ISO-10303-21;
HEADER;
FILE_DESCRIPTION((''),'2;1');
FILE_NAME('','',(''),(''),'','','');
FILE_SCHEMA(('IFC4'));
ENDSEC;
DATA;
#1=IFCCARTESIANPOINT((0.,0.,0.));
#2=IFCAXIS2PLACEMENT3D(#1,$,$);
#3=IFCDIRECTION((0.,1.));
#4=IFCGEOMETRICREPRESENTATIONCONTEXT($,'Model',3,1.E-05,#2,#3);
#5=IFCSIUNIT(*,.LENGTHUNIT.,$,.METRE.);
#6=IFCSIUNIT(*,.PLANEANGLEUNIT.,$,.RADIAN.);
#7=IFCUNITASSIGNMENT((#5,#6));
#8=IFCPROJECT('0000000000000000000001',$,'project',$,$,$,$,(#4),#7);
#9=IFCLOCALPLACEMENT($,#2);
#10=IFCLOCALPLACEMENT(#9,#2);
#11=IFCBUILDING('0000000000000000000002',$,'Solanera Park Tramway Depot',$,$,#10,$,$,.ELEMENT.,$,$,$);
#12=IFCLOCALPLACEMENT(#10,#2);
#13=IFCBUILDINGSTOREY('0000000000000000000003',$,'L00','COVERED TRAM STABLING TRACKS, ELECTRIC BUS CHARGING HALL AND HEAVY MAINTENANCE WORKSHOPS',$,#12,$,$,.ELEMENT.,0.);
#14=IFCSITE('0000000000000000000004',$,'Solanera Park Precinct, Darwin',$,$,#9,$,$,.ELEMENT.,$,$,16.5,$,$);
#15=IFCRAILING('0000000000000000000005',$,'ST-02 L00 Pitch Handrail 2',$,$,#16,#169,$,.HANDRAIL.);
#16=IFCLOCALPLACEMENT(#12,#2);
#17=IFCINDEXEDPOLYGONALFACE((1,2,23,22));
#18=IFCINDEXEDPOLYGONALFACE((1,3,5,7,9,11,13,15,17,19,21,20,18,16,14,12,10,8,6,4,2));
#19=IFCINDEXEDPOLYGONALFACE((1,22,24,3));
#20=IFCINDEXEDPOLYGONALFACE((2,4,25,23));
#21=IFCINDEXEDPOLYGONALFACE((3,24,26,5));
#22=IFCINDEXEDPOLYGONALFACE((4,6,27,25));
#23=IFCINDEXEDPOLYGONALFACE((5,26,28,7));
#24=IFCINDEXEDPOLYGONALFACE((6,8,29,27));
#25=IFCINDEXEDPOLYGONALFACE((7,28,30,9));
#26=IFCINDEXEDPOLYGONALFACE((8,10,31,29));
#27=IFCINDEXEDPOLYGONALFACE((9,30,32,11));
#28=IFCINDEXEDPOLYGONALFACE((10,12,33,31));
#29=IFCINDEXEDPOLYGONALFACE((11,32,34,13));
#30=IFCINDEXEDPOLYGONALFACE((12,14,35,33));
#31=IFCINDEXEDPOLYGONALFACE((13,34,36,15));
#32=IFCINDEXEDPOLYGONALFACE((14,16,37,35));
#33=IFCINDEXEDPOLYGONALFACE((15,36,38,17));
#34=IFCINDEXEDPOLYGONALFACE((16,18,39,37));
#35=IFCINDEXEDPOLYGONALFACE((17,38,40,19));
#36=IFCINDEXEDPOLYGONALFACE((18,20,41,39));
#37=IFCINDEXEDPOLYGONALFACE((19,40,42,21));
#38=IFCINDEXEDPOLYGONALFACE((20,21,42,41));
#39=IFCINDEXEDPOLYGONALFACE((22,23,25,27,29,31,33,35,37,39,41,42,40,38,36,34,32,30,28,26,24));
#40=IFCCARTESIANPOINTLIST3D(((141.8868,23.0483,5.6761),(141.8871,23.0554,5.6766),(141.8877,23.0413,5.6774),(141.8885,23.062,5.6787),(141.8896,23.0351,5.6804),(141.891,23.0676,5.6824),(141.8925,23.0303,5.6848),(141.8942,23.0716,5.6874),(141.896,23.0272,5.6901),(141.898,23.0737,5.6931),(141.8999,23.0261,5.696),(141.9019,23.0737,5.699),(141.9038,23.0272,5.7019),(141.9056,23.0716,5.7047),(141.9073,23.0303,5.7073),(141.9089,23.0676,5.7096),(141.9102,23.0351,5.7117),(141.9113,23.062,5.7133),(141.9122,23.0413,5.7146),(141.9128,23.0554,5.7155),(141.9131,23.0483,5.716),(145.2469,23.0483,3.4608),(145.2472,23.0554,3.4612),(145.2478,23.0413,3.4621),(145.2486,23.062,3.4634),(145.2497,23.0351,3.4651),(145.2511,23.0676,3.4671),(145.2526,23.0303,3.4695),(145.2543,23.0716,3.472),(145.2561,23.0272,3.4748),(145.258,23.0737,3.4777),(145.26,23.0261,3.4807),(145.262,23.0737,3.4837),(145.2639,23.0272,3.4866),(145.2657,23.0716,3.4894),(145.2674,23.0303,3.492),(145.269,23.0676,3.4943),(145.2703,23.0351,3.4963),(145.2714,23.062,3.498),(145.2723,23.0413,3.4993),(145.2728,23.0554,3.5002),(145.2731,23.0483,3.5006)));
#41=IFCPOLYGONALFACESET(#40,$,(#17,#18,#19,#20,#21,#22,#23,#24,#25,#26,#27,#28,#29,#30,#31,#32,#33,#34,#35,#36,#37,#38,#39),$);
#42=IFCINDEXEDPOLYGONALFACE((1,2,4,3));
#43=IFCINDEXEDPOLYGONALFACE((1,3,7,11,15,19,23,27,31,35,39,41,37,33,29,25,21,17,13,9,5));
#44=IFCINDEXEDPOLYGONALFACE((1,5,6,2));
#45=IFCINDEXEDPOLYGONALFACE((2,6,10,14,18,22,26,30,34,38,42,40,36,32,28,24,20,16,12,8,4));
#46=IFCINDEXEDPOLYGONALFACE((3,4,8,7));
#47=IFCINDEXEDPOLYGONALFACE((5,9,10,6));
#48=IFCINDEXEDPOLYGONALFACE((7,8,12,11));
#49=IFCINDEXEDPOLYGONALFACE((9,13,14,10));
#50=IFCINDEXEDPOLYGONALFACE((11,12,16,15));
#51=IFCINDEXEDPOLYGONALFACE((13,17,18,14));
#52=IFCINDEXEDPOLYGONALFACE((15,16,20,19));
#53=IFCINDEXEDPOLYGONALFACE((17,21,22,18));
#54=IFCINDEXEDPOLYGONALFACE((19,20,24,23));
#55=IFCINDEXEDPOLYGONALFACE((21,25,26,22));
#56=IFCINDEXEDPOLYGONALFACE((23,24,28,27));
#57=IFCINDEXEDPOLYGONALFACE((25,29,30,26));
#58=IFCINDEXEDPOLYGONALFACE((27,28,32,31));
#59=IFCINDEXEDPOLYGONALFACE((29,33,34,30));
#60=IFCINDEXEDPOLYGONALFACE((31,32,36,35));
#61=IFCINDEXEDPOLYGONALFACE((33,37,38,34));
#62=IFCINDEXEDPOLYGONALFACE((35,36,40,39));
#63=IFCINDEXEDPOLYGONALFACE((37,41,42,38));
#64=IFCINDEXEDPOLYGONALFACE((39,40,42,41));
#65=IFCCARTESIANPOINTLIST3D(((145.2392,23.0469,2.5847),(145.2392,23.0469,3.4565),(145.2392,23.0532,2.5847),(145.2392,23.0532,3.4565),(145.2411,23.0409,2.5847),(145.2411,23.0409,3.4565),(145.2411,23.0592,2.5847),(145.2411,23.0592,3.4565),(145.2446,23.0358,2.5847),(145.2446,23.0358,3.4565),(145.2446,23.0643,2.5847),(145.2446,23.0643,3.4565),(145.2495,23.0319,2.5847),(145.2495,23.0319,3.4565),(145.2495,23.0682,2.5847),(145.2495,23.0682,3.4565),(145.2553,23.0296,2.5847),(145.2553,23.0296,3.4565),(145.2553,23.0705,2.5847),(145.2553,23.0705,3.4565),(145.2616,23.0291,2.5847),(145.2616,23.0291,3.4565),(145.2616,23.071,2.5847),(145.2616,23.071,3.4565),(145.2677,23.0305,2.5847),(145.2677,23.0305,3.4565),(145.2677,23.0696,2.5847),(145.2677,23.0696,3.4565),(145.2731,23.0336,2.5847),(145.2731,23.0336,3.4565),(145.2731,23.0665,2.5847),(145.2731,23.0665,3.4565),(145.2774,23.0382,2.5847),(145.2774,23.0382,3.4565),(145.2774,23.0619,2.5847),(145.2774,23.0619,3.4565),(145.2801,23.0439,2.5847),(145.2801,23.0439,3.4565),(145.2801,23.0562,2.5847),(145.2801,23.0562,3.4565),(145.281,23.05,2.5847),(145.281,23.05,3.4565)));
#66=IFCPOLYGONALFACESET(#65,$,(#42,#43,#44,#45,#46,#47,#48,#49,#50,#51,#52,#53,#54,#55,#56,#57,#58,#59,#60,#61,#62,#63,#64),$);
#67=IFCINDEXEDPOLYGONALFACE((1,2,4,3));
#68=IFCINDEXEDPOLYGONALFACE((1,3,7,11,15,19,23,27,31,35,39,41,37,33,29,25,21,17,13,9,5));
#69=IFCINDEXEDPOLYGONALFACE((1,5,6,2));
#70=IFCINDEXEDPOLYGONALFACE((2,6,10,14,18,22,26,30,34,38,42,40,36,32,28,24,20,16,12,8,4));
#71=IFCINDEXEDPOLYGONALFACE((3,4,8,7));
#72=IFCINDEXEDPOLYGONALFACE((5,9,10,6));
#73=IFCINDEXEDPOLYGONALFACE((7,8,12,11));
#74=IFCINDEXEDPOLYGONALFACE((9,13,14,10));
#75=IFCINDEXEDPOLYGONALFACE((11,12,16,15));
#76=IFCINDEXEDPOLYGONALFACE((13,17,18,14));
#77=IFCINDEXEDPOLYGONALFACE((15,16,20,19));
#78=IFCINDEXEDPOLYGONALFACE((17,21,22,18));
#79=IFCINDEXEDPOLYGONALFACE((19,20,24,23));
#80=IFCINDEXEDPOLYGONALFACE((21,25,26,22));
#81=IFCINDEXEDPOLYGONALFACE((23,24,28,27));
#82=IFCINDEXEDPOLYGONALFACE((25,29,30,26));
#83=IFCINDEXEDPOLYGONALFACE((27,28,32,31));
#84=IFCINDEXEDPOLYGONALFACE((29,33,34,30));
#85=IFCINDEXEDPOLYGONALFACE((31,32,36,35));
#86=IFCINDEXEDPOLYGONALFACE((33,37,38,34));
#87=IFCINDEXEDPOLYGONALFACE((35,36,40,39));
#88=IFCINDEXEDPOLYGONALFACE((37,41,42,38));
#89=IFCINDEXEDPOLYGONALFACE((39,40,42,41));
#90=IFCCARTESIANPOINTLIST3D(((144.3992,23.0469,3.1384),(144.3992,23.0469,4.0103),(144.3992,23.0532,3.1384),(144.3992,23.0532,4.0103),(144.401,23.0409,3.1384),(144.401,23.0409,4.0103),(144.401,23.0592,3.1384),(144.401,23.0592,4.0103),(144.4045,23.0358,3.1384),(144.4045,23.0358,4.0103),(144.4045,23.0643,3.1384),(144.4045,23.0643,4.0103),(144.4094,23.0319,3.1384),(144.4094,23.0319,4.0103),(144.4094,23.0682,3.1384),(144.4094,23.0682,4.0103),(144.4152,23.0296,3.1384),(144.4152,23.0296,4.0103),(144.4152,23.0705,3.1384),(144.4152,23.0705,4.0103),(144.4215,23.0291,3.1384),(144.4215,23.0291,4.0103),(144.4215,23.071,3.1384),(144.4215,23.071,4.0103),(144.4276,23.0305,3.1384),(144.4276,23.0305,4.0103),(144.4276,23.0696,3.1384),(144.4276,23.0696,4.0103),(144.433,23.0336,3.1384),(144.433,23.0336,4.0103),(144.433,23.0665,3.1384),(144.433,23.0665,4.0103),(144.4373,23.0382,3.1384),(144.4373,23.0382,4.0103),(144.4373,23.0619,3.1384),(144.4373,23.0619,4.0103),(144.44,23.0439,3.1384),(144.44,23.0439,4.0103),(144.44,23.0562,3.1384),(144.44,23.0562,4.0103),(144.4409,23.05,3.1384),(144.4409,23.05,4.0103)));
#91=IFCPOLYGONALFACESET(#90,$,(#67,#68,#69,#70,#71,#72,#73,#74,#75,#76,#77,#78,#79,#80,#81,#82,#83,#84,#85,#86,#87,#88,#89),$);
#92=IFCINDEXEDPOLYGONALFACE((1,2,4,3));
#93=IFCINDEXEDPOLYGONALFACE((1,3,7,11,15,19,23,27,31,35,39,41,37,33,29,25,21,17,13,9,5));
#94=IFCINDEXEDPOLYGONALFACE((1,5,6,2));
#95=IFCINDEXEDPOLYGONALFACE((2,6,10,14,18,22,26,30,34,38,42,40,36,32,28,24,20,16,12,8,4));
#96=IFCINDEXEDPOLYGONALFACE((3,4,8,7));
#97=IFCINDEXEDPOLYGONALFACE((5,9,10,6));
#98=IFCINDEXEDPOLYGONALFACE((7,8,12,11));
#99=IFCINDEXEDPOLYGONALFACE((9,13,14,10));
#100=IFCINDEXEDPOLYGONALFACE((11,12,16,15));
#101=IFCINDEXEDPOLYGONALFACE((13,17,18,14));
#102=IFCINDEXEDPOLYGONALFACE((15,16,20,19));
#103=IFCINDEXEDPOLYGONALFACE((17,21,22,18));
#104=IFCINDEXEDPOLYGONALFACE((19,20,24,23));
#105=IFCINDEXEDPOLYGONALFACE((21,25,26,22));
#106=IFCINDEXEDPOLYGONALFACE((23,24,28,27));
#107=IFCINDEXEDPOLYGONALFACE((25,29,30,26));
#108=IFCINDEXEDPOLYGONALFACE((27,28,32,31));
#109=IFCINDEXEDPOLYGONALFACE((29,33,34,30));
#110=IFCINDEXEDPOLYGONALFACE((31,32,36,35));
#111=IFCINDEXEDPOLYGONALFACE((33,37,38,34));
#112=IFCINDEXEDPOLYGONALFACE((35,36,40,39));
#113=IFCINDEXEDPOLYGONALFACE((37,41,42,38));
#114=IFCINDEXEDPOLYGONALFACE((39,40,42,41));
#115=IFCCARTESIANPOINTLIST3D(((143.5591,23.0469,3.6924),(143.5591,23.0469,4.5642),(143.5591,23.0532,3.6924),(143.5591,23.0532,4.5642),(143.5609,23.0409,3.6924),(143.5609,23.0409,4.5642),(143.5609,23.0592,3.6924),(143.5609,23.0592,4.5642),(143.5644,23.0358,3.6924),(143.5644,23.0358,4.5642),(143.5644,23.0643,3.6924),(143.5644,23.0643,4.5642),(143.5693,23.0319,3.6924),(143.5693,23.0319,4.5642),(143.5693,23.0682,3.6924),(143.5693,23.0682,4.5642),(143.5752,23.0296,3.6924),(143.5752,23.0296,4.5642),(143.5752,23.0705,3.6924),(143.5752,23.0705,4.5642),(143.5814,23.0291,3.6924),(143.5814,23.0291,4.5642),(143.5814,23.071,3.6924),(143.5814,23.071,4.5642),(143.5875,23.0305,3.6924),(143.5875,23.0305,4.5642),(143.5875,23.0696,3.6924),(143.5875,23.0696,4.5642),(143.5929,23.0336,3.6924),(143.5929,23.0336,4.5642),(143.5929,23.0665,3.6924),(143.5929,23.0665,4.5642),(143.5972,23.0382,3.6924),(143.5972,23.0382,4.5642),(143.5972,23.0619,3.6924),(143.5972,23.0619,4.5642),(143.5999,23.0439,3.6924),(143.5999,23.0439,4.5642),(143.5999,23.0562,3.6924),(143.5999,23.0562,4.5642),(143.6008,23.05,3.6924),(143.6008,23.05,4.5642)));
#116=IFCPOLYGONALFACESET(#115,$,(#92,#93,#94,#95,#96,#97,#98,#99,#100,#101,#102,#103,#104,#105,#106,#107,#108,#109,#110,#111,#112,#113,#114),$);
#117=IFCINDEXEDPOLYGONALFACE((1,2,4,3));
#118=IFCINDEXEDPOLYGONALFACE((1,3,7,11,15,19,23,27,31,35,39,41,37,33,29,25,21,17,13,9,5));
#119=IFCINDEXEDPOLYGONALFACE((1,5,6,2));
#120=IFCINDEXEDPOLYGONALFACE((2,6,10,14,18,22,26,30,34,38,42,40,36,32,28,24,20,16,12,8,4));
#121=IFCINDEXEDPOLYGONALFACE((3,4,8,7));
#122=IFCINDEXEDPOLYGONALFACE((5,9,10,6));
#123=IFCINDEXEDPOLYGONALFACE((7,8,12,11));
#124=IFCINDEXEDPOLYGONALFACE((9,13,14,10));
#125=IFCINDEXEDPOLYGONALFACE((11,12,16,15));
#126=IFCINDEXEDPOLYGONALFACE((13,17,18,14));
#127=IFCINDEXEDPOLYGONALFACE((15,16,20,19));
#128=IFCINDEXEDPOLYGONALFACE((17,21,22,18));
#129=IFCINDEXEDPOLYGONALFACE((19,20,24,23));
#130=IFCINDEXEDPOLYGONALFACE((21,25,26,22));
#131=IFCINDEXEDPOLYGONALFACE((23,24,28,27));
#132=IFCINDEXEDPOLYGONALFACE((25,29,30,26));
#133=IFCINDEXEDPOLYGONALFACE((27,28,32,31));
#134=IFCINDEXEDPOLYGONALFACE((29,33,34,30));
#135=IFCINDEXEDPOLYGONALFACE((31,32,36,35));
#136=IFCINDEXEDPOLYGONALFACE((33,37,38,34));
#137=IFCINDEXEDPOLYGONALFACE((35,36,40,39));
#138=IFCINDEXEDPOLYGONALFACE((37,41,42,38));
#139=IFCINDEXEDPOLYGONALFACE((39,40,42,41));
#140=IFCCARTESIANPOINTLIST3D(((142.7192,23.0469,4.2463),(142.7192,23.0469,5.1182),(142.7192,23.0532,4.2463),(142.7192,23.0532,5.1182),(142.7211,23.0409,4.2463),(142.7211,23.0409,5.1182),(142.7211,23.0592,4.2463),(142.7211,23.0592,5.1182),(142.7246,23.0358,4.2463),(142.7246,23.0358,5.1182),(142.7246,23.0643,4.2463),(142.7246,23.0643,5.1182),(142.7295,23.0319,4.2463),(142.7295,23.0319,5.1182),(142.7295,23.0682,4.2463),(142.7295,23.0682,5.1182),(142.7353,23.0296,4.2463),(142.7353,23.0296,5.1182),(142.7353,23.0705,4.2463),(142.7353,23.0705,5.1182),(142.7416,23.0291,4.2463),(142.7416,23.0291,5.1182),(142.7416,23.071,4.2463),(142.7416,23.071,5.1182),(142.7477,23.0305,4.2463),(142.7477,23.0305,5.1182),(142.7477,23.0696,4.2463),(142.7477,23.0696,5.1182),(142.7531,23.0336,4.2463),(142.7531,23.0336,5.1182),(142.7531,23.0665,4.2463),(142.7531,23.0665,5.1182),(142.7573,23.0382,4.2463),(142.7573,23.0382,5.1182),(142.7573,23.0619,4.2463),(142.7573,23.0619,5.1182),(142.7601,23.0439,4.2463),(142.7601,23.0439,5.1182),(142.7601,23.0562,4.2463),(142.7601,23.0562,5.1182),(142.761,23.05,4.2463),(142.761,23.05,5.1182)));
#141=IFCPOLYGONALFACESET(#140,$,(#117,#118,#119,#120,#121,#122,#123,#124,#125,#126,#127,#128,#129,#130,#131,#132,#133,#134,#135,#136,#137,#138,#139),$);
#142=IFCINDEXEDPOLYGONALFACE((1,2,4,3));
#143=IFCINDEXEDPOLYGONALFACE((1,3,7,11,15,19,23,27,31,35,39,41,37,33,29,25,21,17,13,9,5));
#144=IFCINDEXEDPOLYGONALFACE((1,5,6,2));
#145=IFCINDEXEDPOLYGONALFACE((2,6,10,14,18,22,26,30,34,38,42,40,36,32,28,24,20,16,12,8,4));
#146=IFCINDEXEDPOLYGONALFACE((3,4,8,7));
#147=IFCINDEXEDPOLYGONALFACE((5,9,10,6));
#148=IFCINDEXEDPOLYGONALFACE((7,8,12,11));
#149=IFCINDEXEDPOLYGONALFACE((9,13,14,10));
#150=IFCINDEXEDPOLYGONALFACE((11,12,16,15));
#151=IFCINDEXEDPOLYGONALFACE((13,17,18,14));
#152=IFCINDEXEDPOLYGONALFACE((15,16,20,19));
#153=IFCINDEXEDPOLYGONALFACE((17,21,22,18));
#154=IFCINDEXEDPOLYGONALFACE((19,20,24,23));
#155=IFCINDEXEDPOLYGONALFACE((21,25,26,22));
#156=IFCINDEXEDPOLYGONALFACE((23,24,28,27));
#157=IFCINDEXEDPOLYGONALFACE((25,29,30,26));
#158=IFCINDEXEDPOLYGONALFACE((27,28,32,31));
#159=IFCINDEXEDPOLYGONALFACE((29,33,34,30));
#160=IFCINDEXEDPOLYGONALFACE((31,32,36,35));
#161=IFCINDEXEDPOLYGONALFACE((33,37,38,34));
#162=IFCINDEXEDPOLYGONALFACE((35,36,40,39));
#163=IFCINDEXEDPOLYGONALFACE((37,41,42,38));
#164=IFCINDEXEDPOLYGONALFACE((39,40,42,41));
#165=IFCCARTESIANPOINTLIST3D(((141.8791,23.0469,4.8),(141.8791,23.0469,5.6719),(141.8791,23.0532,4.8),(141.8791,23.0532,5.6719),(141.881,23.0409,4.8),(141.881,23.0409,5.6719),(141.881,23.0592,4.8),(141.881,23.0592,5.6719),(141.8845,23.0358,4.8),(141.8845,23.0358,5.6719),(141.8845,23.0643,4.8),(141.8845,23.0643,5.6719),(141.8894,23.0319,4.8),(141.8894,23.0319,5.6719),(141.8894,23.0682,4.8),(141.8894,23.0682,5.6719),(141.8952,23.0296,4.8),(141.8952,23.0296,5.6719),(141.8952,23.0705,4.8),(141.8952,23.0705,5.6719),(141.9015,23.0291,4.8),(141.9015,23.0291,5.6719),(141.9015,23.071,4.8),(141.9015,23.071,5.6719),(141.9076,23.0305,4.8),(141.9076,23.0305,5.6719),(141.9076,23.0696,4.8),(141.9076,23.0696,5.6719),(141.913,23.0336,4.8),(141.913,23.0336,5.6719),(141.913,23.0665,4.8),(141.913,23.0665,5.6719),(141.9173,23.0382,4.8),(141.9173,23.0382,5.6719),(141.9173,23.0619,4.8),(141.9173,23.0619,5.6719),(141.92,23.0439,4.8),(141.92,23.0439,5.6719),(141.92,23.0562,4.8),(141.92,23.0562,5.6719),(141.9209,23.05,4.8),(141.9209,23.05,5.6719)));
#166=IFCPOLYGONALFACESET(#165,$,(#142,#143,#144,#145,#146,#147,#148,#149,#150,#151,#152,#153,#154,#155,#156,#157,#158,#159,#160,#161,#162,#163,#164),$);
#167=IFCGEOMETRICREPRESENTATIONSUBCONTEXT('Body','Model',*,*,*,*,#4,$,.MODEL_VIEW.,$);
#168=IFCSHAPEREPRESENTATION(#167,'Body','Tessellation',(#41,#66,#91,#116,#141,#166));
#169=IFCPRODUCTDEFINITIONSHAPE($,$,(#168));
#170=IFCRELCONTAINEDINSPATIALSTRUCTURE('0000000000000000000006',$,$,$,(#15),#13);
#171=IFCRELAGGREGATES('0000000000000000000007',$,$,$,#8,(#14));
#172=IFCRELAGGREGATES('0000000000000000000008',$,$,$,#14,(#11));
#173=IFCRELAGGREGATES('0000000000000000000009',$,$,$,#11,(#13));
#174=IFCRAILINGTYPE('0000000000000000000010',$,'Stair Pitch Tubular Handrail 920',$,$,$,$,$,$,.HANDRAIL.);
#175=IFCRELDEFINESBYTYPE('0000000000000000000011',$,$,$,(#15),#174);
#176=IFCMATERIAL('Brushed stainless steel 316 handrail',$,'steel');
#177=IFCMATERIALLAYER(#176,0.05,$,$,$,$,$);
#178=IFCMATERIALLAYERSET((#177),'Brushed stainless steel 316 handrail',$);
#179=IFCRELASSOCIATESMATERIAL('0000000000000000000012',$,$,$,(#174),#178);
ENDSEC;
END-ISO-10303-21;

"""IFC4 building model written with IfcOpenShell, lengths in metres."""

from ifc_helpers import new_model, si_unit, direction, frame, origin, origin_2d, place, context, subcontext, project, spatial, circle, extrude, material, layer, layer_set, type_object, element, save


model = new_model("IFC4")

# Units and contexts
model_context = context("Model", 3, precision=1e-05, world=origin(), true_north=direction((0.0, 1.0)))
body_context = subcontext(model_context, "Body", "Model", "MODEL_VIEW")
ifc_project = project(units=[si_unit("LENGTHUNIT", "METRE"), si_unit("PLANEANGLEUNIT", "RADIAN")], contexts=[model_context])

# Site, building, storey
site_placement = place(None, origin())
site = spatial("IfcSite", under=ifc_project, at=site_placement, Name="Solanera Park Precinct, Darwin", CompositionType="ELEMENT", RefElevation=16.5)
building_placement = place(site_placement, origin())
building = spatial("IfcBuilding", under=site, at=building_placement, Name="Solanera Park Tramway Depot", CompositionType="ELEMENT")
storey_placement = place(building_placement, origin())
storey = spatial("IfcBuildingStorey", under=building, at=storey_placement, Name="L00", Description="COVERED TRAM STABLING TRACKS, ELECTRIC BUS CHARGING HALL AND HEAVY MAINTENANCE WORKSHOPS", CompositionType="ELEMENT", Elevation=0.0)

# Railing
ifc_material_1 = material(Name="Brushed stainless steel 316 handrail", Category="steel")
ifc_layer_1 = layer(ifc_material_1, 0.05)
ifc_layer_set_1 = layer_set([ifc_layer_1], Name="Brushed stainless steel 316 handrail")
railing_type_1 = type_object("IfcRailingType", Name="Stair Pitch Tubular Handrail 920", PredefinedType="HANDRAIL", material=ifc_layer_set_1)
railing_1_placement = place(storey_placement, frame((145.26, 23.05, 2.5847)))
element("IfcRailing", 1, at=railing_1_placement, inside=storey, type_object=railing_type_1, Name="ST-02 L00 Pitch Handrail 2", PredefinedType="HANDRAIL", context=body_context, shape_type="SweptSolid", body=[
    extrude(circle(Radius=0.0239, at=origin_2d()), frame((0.0, 0.0, 0.896), z_axis=(-0.834876, 0.0, 0.550437), x_axis=(0.0, -1.0, 0.0)), (0.0, 0.0, 1.0), 4.0247),
    extrude(circle(Radius=0.021, at=origin_2d()), origin(), (0.0, 0.0, 1.0), 0.8718),
    extrude(circle(Radius=0.021, at=origin_2d()), frame((-0.8401, 0.0, 0.5537)), (0.0, 0.0, 1.0), 0.8718),
    extrude(circle(Radius=0.021, at=origin_2d()), frame((-1.6802, 0.0, 1.1077)), (0.0, 0.0, 1.0), 0.8718),
    extrude(circle(Radius=0.021, at=origin_2d()), frame((-2.52, 0.0, 1.6616)), (0.0, 0.0, 1.0), 0.8718),
    extrude(circle(Radius=0.021, at=origin_2d()), frame((-3.3601, 0.0, 2.2153)), (0.0, 0.0, 1.0), 0.8718),
])

save(model, "model.ifc")
